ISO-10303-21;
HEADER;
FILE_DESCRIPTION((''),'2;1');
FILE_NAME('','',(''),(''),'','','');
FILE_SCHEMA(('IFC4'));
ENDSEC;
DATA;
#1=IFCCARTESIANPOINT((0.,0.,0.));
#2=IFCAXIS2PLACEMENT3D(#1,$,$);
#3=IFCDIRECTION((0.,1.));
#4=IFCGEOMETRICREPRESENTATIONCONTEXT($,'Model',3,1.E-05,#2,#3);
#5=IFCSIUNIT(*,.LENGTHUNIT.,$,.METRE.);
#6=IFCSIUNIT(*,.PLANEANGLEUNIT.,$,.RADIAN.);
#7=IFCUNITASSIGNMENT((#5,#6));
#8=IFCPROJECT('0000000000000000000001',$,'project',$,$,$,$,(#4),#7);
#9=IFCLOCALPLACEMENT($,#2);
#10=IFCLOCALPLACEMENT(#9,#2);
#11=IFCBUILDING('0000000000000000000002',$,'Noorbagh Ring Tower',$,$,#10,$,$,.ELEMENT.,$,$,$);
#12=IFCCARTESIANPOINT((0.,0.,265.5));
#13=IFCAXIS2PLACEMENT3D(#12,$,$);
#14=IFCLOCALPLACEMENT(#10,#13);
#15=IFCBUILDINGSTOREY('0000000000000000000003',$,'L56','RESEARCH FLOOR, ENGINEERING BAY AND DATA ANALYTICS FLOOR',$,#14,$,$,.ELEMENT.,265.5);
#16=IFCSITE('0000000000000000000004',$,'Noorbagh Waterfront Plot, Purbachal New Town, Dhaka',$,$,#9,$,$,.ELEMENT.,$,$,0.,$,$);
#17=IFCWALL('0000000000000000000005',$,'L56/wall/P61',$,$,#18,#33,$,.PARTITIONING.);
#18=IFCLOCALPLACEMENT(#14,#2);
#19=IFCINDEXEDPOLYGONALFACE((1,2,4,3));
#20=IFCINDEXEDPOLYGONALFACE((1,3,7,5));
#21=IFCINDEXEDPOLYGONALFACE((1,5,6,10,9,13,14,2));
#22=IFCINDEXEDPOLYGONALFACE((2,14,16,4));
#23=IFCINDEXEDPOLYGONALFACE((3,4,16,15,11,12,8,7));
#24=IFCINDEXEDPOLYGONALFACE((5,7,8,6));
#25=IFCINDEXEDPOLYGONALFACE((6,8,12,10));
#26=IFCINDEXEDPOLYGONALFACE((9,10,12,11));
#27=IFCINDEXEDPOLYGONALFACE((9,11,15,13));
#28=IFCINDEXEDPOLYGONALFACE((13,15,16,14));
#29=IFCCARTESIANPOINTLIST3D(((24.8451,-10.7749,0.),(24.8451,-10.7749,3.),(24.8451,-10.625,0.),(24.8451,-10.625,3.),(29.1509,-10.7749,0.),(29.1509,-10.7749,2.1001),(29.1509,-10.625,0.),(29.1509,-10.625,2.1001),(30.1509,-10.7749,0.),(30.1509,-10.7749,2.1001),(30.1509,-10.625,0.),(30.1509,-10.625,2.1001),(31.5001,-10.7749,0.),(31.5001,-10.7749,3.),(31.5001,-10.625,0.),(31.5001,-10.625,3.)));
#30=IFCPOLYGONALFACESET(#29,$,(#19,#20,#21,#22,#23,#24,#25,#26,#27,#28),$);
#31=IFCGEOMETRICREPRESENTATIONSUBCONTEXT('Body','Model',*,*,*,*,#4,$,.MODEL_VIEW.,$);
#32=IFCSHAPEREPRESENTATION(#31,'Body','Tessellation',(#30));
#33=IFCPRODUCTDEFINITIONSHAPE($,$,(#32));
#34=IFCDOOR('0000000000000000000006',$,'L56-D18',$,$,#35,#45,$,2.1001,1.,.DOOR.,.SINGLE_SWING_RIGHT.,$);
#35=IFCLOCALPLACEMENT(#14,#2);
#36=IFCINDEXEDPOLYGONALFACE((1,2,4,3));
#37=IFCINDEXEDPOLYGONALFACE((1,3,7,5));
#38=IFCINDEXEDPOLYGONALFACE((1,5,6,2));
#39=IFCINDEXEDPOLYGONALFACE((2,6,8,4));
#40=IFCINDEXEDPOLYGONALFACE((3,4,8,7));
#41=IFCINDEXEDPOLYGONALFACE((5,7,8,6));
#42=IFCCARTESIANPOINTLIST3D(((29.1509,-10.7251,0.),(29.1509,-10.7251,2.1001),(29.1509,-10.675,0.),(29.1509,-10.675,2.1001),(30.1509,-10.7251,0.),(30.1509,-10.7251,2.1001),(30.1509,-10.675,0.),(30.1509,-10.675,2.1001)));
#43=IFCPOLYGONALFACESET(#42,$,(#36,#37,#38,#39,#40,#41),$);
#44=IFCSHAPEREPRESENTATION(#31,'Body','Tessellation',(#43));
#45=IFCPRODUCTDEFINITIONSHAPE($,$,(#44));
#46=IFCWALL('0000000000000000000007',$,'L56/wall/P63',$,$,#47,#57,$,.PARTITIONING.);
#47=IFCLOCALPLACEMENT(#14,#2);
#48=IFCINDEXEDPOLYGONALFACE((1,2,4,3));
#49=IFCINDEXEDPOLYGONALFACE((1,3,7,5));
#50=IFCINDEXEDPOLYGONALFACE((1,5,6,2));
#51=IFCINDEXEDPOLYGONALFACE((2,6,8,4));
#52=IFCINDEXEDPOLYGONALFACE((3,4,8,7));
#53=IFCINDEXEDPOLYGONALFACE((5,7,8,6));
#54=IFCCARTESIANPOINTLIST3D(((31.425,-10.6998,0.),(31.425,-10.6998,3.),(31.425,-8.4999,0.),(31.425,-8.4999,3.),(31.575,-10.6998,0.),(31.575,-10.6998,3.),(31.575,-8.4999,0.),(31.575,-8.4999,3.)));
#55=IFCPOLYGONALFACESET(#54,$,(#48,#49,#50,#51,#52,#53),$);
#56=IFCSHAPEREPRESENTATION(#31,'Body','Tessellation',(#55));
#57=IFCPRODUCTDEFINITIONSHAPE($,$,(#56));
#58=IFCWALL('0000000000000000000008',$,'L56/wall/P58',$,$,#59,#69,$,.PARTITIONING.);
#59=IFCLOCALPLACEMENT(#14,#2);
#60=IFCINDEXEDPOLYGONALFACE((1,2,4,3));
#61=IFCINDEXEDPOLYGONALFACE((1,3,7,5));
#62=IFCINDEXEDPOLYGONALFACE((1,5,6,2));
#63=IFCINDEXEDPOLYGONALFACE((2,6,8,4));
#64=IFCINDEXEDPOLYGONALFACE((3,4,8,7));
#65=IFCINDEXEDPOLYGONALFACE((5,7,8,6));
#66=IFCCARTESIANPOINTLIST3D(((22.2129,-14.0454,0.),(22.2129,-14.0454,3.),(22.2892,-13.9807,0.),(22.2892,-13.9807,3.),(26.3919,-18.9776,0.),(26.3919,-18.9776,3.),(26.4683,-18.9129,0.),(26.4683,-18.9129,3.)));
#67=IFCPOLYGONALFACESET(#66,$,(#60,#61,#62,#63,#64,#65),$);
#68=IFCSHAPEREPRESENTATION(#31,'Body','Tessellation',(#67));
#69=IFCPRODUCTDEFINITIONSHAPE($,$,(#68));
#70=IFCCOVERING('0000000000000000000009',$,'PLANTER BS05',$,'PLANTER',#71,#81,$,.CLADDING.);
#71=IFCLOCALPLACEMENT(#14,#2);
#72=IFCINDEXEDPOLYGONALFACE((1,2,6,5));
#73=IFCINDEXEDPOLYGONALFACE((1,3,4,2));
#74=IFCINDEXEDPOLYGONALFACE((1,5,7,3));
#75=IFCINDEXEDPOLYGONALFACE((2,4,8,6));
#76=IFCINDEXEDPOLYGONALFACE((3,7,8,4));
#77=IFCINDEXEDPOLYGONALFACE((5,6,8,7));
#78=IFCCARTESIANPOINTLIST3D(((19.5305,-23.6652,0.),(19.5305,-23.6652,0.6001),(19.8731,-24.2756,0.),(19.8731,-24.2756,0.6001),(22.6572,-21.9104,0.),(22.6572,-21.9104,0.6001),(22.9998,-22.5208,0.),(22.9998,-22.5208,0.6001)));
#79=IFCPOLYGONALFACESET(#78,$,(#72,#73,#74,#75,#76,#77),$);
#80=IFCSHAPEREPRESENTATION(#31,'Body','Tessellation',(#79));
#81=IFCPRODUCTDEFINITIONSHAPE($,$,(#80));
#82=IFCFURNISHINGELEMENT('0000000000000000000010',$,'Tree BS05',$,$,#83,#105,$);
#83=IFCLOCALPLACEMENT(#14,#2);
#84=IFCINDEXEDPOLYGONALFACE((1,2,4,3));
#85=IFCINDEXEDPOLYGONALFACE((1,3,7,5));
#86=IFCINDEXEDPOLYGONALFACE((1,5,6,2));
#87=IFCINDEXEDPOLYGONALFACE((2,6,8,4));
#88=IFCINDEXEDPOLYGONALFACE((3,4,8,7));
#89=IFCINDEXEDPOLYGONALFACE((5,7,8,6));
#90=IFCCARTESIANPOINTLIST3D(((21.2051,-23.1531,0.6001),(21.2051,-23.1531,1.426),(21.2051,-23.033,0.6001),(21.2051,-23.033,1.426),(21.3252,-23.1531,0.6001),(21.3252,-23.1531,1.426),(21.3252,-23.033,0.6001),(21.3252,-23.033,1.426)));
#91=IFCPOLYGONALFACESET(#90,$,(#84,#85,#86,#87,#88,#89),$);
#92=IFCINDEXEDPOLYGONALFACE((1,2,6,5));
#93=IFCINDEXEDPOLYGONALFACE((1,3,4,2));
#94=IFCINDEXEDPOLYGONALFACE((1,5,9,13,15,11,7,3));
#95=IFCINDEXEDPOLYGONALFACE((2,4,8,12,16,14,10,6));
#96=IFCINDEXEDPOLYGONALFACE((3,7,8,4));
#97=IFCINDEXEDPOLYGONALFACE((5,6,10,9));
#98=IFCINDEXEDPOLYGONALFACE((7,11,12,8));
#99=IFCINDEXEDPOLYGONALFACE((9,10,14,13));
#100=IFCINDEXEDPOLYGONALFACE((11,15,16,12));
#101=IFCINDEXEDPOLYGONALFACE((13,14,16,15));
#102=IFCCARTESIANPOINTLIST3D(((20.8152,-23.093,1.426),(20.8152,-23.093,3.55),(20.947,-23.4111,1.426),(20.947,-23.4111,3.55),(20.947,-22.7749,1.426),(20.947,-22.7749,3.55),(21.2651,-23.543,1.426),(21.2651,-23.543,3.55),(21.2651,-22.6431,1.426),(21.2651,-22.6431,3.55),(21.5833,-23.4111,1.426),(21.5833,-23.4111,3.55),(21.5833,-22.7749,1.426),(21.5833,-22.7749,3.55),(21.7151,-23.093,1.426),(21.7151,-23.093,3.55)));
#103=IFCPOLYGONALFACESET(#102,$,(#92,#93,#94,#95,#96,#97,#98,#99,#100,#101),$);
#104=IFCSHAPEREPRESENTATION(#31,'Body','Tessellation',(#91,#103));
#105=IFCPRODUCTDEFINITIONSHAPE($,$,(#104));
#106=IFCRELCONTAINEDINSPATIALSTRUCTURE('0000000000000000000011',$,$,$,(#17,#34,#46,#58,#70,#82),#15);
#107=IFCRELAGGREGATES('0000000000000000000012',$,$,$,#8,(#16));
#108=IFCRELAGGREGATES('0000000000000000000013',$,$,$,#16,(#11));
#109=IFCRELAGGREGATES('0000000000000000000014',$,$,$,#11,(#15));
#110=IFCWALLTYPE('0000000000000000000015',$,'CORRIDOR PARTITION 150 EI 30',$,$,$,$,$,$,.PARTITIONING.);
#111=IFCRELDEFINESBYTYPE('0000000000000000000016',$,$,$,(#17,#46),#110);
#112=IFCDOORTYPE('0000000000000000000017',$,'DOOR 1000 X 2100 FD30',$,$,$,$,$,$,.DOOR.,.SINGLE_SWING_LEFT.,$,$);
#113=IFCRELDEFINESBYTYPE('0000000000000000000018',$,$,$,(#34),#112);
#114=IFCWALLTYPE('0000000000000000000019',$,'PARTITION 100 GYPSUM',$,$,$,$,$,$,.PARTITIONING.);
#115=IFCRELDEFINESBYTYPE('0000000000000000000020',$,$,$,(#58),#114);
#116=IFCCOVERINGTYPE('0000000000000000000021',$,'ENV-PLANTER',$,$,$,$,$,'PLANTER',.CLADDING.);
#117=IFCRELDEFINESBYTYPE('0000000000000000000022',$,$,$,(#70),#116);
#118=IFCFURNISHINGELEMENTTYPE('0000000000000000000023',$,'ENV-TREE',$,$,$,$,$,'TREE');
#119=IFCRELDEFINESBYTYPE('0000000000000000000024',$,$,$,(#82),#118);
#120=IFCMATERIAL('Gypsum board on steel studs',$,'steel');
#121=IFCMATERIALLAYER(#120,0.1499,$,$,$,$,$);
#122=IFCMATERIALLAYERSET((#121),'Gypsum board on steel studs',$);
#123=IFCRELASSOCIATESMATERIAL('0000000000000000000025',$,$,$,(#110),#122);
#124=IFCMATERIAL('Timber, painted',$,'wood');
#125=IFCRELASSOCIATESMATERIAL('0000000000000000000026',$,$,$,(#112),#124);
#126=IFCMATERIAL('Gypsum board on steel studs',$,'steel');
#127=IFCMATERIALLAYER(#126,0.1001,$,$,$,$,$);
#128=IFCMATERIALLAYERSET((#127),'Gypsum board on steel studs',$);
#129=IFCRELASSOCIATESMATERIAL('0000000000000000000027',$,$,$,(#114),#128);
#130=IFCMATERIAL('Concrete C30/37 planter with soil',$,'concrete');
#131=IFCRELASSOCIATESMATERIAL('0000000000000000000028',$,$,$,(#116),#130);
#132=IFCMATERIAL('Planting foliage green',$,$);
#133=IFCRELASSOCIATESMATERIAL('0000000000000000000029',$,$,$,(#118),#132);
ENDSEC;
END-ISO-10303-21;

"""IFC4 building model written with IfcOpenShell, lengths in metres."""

from ifc_helpers import new_model, si_unit, direction, frame, frame_2d, origin, origin_2d, place, context, subcontext, project, spatial, polyline, rectangle, outline, extrude, material, layer, layer_set, type_object, element, fill, save


model = new_model("IFC4")

# Units and contexts
model_context = context("Model", 3, precision=1e-05, world=origin(), true_north=direction((0.0, 1.0)))
body_context = subcontext(model_context, "Body", "Model", "MODEL_VIEW")
ifc_project = project(units=[si_unit("LENGTHUNIT", "METRE"), si_unit("PLANEANGLEUNIT", "RADIAN")], contexts=[model_context])

# Site, building, storey
site_placement = place(None, origin())
site = spatial("IfcSite", under=ifc_project, at=site_placement, Name="Noorbagh Waterfront Plot, Purbachal New Town, Dhaka", CompositionType="ELEMENT", RefElevation=0.0)
building_placement = place(site_placement, origin())
building = spatial("IfcBuilding", under=site, at=building_placement, Name="Noorbagh Ring Tower", CompositionType="ELEMENT")
storey_placement = place(building_placement, frame((0.0, 0.0, 265.5)))
storey = spatial("IfcBuildingStorey", under=building, at=storey_placement, Name="L56", Description="RESEARCH FLOOR, ENGINEERING BAY AND DATA ANALYTICS FLOOR", CompositionType="ELEMENT", Elevation=265.5)

# Shared definitions
ifc_material_1 = material(Name="Gypsum board on steel studs", Category="steel")
ifc_layer_1 = layer(ifc_material_1, 0.1499)
ifc_layer_set_1 = layer_set([ifc_layer_1], Name="Gypsum board on steel studs")
wall_type_1 = type_object("IfcWallType", Name="CORRIDOR PARTITION 150 EI 30", PredefinedType="PARTITIONING", material=ifc_layer_set_1)

# Wall, opening, door
wall_1_placement = place(storey_placement, frame((24.845, -10.7, 0.0), z_axis=(0.0, 0.0, 1.0), x_axis=(1.0, 0.0, 0.0)))
wall_1 = element("IfcWall", 1, at=wall_1_placement, inside=storey, type_object=wall_type_1, Name="L56/wall/P61", PredefinedType="PARTITIONING", context=body_context, shape_type="SweptSolid", body=[
    extrude(rectangle(XDim=6.655, YDim=0.1499, at=frame_2d((3.3276, 0.0))), origin(), (0.0, 0.0, 1.0), 3.0),
])
opening_placement = place(wall_1_placement, frame((4.3059, 0.0, 0.0)))
opening = element("IfcOpeningElement", 2, at=opening_placement, cuts=wall_1, PredefinedType="OPENING", context=body_context, shape_type="SweptSolid", body=[
    extrude(rectangle(XDim=1.0, YDim=2.1001, at=frame_2d((0.5, 1.05))), frame((0.0, 0.085, 0.0), z_axis=(0.0, -1.0, 0.0), x_axis=(1.0, 0.0, 0.0)), (0.0, 0.0, 1.0), 0.1699),
])
ifc_material_2 = material(Name="Timber, painted", Category="wood")
door_type = type_object("IfcDoorType", Name="DOOR 1000 X 2100 FD30", OperationType="SINGLE_SWING_LEFT", PredefinedType="DOOR", material=ifc_material_2)
door_placement = place(opening_placement, origin())
door = element("IfcDoor", 3, at=door_placement, inside=storey, type_object=door_type, Name="L56-D18", OperationType="SINGLE_SWING_RIGHT", OverallHeight=2.1001, OverallWidth=1.0, PredefinedType="DOOR", context=body_context, shape_type="SweptSolid", body=[
    extrude(rectangle(XDim=1.0, YDim=2.1001, at=frame_2d((0.5, 1.05))), frame((0.0, 0.0249, 0.0), z_axis=(0.0, -1.0, 0.0), x_axis=(1.0, 0.0, 0.0)), (0.0, 0.0, 1.0), 0.05),
])
fill(opening, door)

# Walls
wall_2_placement = place(storey_placement, frame((31.5, -10.7, 0.0), z_axis=(0.0, 0.0, 1.0), x_axis=(0.0, 1.0, 0.0)))
element("IfcWall", 4, at=wall_2_placement, inside=storey, type_object=wall_type_1, Name="L56/wall/P63", PredefinedType="PARTITIONING", context=body_context, shape_type="SweptSolid", body=[
    extrude(rectangle(XDim=2.2, YDim=0.1499, at=frame_2d((1.1001, 0.0))), origin(), (0.0, 0.0, 1.0), 3.0),
])
ifc_material_3 = material(Name="Gypsum board on steel studs", Category="steel")
ifc_layer_2 = layer(ifc_material_3, 0.1001)
ifc_layer_set_2 = layer_set([ifc_layer_2], Name="Gypsum board on steel studs")
wall_type_2 = type_object("IfcWallType", Name="PARTITION 100 GYPSUM", PredefinedType="PARTITIONING", material=ifc_layer_set_2)
wall_3_placement = place(storey_placement, frame((22.251, -14.0129, 0.0), z_axis=(0.0, 0.0, 1.0), x_axis=(0.646448, -0.762958, 0.0)))
element("IfcWall", 5, at=wall_3_placement, inside=storey, type_object=wall_type_2, Name="L56/wall/P58", PredefinedType="PARTITIONING", context=body_context, shape_type="SweptSolid", body=[
    extrude(rectangle(XDim=6.4646, YDim=0.1001, at=frame_2d((3.2324, 0.0))), origin(), (0.0, 0.0, 1.0), 3.0),
])

# Covering
ifc_material_4 = material(Name="Concrete C30/37 planter with soil", Category="concrete")
covering_type = type_object("IfcCoveringType", Name="ENV-PLANTER", ElementType="PLANTER", PredefinedType="CLADDING", material=ifc_material_4)
covering_placement = place(storey_placement, frame((21.2651, -23.093, 0.0), z_axis=(0.0, 0.0, 1.0), x_axis=(0.872045, 0.489426, 0.0)))
element("IfcCovering", 6, at=covering_placement, inside=storey, type_object=covering_type, Name="PLANTER BS05", ObjectType="PLANTER", PredefinedType="CLADDING", context=body_context, shape_type="SweptSolid", body=[
    extrude(rectangle(XDim=3.5854, YDim=0.7, at=origin_2d()), origin(), (0.0, 0.0, 1.0), 0.6001),
])

# Furnishing element
ifc_material_5 = material(Name="Planting foliage green")
furnishing_element_type = type_object("IfcFurnishingElementType", Name="ENV-TREE", ElementType="TREE", material=ifc_material_5)
furnishing_placement = place(storey_placement, frame((21.2651, -23.093, 0.6001), z_axis=(0.0, 0.0, 1.0), x_axis=(1.0, 0.0, 0.0)))
element("IfcFurnishingElement", 7, at=furnishing_placement, inside=storey, type_object=furnishing_element_type, Name="Tree BS05", context=body_context, shape_type="SweptSolid", body=[
    extrude(rectangle(XDim=0.1201, YDim=0.1201, at=origin_2d()), origin(), (0.0, 0.0, 1.0), 0.8259),
    extrude(outline(polyline([(0.45, 0.0), (0.3181, 0.3181), (0.0, 0.45), (-0.3181, 0.3181), (-0.45, 0.0), (-0.3181, -0.3181), (0.0, -0.45), (0.3181, -0.3181), (0.45, 0.0)])), frame((0.0, 0.0, 0.8259)), (0.0, 0.0, 1.0), 2.124),
])

save(model, "model.ifc")
